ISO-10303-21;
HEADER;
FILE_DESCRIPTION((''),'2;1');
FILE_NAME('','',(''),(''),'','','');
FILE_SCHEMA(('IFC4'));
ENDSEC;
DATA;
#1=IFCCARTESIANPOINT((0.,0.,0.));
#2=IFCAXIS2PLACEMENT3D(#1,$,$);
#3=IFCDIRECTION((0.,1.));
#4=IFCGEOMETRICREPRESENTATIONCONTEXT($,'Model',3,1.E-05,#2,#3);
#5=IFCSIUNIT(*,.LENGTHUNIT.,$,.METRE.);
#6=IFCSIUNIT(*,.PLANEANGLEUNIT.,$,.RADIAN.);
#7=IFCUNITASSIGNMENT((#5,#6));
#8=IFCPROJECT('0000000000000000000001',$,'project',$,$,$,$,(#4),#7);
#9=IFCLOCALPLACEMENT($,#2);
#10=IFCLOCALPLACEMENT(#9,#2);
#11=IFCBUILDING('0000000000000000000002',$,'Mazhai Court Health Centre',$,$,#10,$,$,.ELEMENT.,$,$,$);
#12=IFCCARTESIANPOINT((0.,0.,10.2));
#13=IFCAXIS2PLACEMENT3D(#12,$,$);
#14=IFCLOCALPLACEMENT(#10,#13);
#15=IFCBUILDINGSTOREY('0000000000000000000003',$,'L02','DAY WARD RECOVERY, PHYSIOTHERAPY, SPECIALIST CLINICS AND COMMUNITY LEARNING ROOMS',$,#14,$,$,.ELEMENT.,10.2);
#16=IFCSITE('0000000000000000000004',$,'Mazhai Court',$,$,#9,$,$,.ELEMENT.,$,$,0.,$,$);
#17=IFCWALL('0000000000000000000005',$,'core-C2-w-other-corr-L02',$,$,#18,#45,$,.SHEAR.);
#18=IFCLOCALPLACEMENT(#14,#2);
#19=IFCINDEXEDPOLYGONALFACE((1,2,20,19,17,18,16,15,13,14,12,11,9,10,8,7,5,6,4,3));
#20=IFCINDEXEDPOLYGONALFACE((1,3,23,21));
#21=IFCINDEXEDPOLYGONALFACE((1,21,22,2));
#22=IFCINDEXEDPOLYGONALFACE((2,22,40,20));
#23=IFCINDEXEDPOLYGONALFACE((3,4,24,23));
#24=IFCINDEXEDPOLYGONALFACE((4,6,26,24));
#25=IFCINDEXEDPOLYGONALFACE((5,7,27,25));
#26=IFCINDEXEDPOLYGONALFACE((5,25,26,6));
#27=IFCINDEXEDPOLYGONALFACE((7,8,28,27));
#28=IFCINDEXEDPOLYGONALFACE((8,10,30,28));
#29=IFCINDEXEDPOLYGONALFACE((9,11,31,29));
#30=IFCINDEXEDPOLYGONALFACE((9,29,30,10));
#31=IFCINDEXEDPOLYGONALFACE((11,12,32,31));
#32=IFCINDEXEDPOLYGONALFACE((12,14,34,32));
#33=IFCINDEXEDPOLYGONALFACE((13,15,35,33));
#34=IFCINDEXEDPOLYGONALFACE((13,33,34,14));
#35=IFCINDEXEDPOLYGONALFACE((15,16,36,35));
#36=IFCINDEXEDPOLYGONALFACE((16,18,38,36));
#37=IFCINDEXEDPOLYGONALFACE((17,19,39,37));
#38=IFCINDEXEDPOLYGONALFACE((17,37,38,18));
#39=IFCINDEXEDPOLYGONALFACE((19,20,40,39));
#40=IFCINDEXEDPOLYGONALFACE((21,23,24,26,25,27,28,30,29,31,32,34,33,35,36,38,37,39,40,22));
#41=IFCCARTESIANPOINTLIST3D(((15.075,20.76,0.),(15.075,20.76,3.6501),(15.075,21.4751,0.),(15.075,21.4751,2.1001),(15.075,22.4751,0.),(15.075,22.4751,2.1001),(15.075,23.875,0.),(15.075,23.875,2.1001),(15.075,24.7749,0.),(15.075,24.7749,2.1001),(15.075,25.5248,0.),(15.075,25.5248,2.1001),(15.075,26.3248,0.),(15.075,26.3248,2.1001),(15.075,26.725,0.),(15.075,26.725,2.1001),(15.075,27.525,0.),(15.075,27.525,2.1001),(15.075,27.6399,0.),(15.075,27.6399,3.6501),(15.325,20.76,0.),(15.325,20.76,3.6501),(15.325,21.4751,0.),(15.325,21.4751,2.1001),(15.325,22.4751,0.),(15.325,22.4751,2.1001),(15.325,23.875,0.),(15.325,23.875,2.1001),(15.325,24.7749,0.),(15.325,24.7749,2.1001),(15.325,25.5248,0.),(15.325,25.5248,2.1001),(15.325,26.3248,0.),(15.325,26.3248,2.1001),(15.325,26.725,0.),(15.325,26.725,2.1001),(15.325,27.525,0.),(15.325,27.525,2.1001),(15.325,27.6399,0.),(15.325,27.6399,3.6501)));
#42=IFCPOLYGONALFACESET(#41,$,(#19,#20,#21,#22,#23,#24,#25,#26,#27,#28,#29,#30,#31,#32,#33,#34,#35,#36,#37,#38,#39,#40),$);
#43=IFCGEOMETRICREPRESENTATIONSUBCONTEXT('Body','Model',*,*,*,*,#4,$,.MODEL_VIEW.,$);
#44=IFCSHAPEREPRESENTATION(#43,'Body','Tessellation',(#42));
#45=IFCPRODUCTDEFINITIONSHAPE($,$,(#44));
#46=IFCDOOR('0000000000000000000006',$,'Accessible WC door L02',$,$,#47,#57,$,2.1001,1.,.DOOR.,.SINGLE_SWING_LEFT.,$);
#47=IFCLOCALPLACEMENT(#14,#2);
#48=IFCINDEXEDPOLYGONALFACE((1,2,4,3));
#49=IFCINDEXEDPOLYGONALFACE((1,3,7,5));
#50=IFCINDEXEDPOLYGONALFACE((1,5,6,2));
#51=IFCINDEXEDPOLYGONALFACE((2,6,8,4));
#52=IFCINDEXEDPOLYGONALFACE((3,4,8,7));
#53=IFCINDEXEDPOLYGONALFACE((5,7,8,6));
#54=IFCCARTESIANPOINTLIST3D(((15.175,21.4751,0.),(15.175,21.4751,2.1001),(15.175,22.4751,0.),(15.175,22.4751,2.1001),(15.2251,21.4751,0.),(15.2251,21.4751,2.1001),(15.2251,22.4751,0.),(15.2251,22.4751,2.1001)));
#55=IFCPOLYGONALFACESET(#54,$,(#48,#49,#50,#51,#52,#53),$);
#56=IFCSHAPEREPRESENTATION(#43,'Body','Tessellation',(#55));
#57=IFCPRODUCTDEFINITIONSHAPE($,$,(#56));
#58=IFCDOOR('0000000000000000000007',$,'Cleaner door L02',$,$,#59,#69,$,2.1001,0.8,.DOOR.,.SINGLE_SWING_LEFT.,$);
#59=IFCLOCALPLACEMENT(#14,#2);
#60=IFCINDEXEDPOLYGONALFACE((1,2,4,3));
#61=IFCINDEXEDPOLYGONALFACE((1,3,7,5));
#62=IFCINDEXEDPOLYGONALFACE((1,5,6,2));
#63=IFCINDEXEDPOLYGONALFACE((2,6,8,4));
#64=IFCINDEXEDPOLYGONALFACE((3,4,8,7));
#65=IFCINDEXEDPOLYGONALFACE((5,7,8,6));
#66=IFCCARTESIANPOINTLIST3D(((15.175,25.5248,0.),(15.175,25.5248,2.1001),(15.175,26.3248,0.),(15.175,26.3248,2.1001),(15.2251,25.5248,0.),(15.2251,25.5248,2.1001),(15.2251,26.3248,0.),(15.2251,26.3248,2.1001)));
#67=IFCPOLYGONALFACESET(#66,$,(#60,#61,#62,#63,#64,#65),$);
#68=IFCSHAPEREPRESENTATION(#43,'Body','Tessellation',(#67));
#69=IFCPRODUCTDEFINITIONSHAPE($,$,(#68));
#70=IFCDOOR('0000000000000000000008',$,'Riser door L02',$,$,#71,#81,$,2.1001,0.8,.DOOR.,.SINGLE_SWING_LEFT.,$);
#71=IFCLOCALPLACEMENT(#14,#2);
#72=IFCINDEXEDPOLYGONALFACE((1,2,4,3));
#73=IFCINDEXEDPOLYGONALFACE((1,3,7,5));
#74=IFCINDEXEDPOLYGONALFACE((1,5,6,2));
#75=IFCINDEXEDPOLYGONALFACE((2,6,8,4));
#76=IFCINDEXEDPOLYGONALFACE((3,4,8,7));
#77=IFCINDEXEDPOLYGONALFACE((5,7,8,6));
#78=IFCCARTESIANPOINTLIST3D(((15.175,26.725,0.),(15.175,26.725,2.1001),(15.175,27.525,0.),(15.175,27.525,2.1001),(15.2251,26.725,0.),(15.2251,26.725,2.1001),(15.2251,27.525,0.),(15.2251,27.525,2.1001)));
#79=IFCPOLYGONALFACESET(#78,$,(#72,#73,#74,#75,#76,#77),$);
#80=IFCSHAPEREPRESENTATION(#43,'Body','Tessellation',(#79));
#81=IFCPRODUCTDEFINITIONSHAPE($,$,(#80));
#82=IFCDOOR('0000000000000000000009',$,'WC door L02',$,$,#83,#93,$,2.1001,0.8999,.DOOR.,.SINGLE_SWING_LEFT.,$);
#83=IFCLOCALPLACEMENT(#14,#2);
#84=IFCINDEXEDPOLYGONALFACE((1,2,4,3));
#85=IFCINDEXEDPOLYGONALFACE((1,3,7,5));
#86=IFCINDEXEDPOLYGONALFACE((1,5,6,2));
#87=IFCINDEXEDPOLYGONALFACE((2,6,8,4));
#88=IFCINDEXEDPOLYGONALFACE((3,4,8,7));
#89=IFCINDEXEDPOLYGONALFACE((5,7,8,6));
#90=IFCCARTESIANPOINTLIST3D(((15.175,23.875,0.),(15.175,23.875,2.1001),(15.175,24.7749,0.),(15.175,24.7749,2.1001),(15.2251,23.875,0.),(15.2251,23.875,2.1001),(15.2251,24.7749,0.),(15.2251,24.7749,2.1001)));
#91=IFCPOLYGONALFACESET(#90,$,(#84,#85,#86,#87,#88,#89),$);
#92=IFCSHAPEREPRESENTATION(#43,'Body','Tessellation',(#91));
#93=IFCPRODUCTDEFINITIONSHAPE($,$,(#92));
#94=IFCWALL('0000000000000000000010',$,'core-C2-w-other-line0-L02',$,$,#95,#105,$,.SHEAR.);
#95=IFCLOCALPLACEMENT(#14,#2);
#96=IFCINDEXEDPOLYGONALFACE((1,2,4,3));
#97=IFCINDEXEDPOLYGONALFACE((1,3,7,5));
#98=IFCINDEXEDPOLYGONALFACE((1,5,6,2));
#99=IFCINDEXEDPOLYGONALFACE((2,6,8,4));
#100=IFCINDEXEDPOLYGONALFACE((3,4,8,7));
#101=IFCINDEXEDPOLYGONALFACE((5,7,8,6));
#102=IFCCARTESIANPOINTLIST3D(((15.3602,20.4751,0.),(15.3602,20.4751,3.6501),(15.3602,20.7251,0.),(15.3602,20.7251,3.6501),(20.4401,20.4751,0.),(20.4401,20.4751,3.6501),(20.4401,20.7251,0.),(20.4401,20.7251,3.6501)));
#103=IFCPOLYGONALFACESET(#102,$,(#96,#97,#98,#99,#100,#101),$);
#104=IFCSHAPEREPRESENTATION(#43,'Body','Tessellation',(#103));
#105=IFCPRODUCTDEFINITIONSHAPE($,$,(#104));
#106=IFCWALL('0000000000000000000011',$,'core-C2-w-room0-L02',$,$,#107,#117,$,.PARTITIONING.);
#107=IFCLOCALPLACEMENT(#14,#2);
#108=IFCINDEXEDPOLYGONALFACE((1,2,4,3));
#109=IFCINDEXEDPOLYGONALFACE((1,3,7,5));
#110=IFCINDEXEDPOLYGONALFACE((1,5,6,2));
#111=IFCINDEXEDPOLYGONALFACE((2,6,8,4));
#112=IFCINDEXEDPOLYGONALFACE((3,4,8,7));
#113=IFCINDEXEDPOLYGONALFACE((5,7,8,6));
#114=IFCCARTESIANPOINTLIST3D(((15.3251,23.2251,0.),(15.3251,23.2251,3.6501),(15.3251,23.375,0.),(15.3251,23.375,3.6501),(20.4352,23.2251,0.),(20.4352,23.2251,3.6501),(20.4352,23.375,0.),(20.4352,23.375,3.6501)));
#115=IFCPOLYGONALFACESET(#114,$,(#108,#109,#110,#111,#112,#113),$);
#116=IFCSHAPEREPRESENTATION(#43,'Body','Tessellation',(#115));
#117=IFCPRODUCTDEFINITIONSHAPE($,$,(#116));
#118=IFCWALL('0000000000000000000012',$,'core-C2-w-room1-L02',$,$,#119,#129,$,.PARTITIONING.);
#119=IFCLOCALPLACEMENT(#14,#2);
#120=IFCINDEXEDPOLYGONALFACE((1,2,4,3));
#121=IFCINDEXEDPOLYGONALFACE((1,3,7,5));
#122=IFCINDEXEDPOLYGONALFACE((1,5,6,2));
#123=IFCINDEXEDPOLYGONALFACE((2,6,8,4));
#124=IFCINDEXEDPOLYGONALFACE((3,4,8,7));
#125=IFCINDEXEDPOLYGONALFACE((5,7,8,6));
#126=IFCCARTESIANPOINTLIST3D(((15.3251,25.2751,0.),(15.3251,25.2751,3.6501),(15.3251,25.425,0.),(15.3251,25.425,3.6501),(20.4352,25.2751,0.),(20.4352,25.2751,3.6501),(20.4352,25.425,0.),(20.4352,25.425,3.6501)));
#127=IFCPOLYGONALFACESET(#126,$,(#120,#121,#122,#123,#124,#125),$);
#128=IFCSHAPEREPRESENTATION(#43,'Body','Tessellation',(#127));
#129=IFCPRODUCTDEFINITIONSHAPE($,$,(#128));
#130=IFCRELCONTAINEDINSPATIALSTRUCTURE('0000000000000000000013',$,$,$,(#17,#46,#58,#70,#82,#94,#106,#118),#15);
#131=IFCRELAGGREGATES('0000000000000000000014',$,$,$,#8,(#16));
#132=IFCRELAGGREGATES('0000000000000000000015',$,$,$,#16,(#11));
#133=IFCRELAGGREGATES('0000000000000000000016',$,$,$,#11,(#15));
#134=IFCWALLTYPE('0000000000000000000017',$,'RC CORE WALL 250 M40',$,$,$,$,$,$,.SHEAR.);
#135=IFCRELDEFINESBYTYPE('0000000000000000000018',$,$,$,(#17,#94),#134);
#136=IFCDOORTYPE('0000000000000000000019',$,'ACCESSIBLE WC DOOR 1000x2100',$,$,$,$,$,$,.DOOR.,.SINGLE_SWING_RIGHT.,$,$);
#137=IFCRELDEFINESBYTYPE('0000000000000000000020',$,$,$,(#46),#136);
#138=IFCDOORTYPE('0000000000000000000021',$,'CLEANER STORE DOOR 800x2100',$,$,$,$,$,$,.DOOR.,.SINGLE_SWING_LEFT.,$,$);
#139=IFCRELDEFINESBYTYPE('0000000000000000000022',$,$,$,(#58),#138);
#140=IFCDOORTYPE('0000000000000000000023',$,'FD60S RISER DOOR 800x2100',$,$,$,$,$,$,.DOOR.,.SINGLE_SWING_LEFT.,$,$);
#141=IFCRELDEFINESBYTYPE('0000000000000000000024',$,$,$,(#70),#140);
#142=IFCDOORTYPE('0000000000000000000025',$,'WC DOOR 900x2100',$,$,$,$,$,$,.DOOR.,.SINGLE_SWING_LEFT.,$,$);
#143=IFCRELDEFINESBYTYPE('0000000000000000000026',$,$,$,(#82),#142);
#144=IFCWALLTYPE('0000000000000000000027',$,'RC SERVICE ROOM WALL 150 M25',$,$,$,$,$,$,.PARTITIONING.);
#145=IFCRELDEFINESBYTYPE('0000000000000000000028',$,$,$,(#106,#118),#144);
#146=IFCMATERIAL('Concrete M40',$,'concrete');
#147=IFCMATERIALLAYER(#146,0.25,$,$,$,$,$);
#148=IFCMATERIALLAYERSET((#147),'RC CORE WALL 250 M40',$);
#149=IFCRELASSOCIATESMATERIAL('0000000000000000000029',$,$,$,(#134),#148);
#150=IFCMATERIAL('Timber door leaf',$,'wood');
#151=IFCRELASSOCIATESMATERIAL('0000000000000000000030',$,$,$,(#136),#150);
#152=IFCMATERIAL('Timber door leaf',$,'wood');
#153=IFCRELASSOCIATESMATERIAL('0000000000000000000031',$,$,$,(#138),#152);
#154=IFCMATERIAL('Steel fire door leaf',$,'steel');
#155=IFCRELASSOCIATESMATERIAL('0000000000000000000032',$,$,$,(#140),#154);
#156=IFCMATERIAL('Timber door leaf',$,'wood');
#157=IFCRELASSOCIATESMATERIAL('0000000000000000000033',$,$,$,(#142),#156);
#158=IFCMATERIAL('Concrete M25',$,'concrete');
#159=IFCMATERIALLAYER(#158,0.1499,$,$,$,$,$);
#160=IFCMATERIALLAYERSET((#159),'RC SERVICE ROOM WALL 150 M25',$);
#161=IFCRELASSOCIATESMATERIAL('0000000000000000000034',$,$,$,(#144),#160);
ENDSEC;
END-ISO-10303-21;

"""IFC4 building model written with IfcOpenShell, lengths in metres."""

from ifc_helpers import new_model, si_unit, direction, frame, frame_2d, origin, place, context, subcontext, project, spatial, rectangle, extrude, material, layer, layer_set, type_object, element, fill, save


model = new_model("IFC4")

# Units and contexts
model_context = context("Model", 3, precision=1e-05, world=origin(), true_north=direction((0.0, 1.0)))
body_context = subcontext(model_context, "Body", "Model", "MODEL_VIEW")
ifc_project = project(units=[si_unit("LENGTHUNIT", "METRE"), si_unit("PLANEANGLEUNIT", "RADIAN")], contexts=[model_context])

# Site, building, storey
site_placement = place(None, origin())
site = spatial("IfcSite", under=ifc_project, at=site_placement, Name="Mazhai Court", CompositionType="ELEMENT", RefElevation=0.0)
building_placement = place(site_placement, origin())
building = spatial("IfcBuilding", under=site, at=building_placement, Name="Mazhai Court Health Centre", CompositionType="ELEMENT")
storey_placement = place(building_placement, frame((0.0, 0.0, 10.2)))
storey = spatial("IfcBuildingStorey", under=building, at=storey_placement, Name="L02", Description="DAY WARD RECOVERY, PHYSIOTHERAPY, SPECIALIST CLINICS AND COMMUNITY LEARNING ROOMS", CompositionType="ELEMENT", Elevation=10.2)

# Shared definitions
ifc_material_1 = material(Name="Concrete M40", Category="concrete")
ifc_layer_1 = layer(ifc_material_1, 0.25)
ifc_layer_set_1 = layer_set([ifc_layer_1], Name="RC CORE WALL 250 M40")
wall_type_1 = type_object("IfcWallType", Name="RC CORE WALL 250 M40", PredefinedType="SHEAR", material=ifc_layer_set_1)

# Wall, openings, doors
wall_1_placement = place(storey_placement, frame((15.2, 20.76, 0.0), z_axis=(0.0, 0.0, 1.0), x_axis=(0.0, 1.0, 0.0)))
wall_1 = element("IfcWall", 1, at=wall_1_placement, inside=storey, type_object=wall_type_1, Name="core-C2-w-other-corr-L02", PredefinedType="SHEAR", context=body_context, shape_type="SweptSolid", body=[
    extrude(rectangle(XDim=6.8799, YDim=0.25, at=frame_2d((3.4399, 0.0))), origin(), (0.0, 0.0, 1.0), 3.6501),
])
opening_1_placement = place(wall_1_placement, frame((0.7151, 0.0, 0.0)))
opening_1 = element("IfcOpeningElement", 2, at=opening_1_placement, cuts=wall_1, PredefinedType="OPENING", context=body_context, shape_type="SweptSolid", body=[
    extrude(rectangle(XDim=1.0, YDim=2.1001, at=frame_2d((0.5, 1.05))), frame((0.0, 0.135, 0.0), z_axis=(0.0, -1.0, 0.0), x_axis=(1.0, 0.0, 0.0)), (0.0, 0.0, 1.0), 0.27),
])
opening_2_placement = place(wall_1_placement, frame((3.115, 0.0, 0.0)))
opening_2 = element("IfcOpeningElement", 3, at=opening_2_placement, cuts=wall_1, PredefinedType="OPENING", context=body_context, shape_type="SweptSolid", body=[
    extrude(rectangle(XDim=0.8999, YDim=2.1001, at=frame_2d((0.45, 1.05))), frame((0.0, 0.135, 0.0), z_axis=(0.0, -1.0, 0.0), x_axis=(1.0, 0.0, 0.0)), (0.0, 0.0, 1.0), 0.27),
])
opening_3_placement = place(wall_1_placement, frame((4.7649, 0.0, 0.0)))
opening_3 = element("IfcOpeningElement", 4, at=opening_3_placement, cuts=wall_1, PredefinedType="OPENING", context=body_context, shape_type="SweptSolid", body=[
    extrude(rectangle(XDim=0.8, YDim=2.1001, at=frame_2d((0.3999, 1.05))), frame((0.0, 0.135, 0.0), z_axis=(0.0, -1.0, 0.0), x_axis=(1.0, 0.0, 0.0)), (0.0, 0.0, 1.0), 0.27),
])
opening_4_placement = place(wall_1_placement, frame((5.9651, 0.0, 0.0)))
opening_4 = element("IfcOpeningElement", 5, at=opening_4_placement, cuts=wall_1, PredefinedType="OPENING", context=body_context, shape_type="SweptSolid", body=[
    extrude(rectangle(XDim=0.8, YDim=2.1001, at=frame_2d((0.3999, 1.05))), frame((0.0, 0.135, 0.0), z_axis=(0.0, -1.0, 0.0), x_axis=(1.0, 0.0, 0.0)), (0.0, 0.0, 1.0), 0.27),
])
ifc_material_2 = material(Name="Timber door leaf", Category="wood")
door_type_1 = type_object("IfcDoorType", Name="ACCESSIBLE WC DOOR 1000x2100", OperationType="SINGLE_SWING_RIGHT", PredefinedType="DOOR", material=ifc_material_2)
door_1_placement = place(opening_1_placement, origin())
door_1 = element("IfcDoor", 6, at=door_1_placement, inside=storey, type_object=door_type_1, Name="Accessible WC door L02", OperationType="SINGLE_SWING_LEFT", OverallHeight=2.1001, OverallWidth=1.0, PredefinedType="DOOR", context=body_context, shape_type="SweptSolid", body=[
    extrude(rectangle(XDim=1.0, YDim=2.1001, at=frame_2d((0.5, 1.05))), frame((0.0, 0.0249, 0.0), z_axis=(0.0, -1.0, 0.0), x_axis=(1.0, 0.0, 0.0)), (0.0, 0.0, 1.0), 0.05),
])
fill(opening_1, door_1)
ifc_material_3 = material(Name="Timber door leaf", Category="wood")
door_type_2 = type_object("IfcDoorType", Name="CLEANER STORE DOOR 800x2100", OperationType="SINGLE_SWING_LEFT", PredefinedType="DOOR", material=ifc_material_3)
door_2_placement = place(opening_3_placement, origin())
door_2 = element("IfcDoor", 7, at=door_2_placement, inside=storey, type_object=door_type_2, Name="Cleaner door L02", OperationType="SINGLE_SWING_LEFT", OverallHeight=2.1001, OverallWidth=0.8, PredefinedType="DOOR", context=body_context, shape_type="SweptSolid", body=[
    extrude(rectangle(XDim=0.8, YDim=2.1001, at=frame_2d((0.3999, 1.05))), frame((0.0, 0.0249, 0.0), z_axis=(0.0, -1.0, 0.0), x_axis=(1.0, 0.0, 0.0)), (0.0, 0.0, 1.0), 0.05),
])
fill(opening_3, door_2)
ifc_material_4 = material(Name="Steel fire door leaf", Category="steel")
door_type_3 = type_object("IfcDoorType", Name="FD60S RISER DOOR 800x2100", OperationType="SINGLE_SWING_LEFT", PredefinedType="DOOR", material=ifc_material_4)
door_3_placement = place(opening_4_placement, origin())
door_3 = element("IfcDoor", 8, at=door_3_placement, inside=storey, type_object=door_type_3, Name="Riser door L02", OperationType="SINGLE_SWING_LEFT", OverallHeight=2.1001, OverallWidth=0.8, PredefinedType="DOOR", context=body_context, shape_type="SweptSolid", body=[
    extrude(rectangle(XDim=0.8, YDim=2.1001, at=frame_2d((0.3999, 1.05))), frame((0.0, 0.0249, 0.0), z_axis=(0.0, -1.0, 0.0), x_axis=(1.0, 0.0, 0.0)), (0.0, 0.0, 1.0), 0.05),
])
fill(opening_4, door_3)
ifc_material_5 = material(Name="Timber door leaf", Category="wood")
door_type_4 = type_object("IfcDoorType", Name="WC DOOR 900x2100", OperationType="SINGLE_SWING_LEFT", PredefinedType="DOOR", material=ifc_material_5)
door_4_placement = place(opening_2_placement, origin())
door_4 = element("IfcDoor", 9, at=door_4_placement, inside=storey, type_object=door_type_4, Name="WC door L02", OperationType="SINGLE_SWING_LEFT", OverallHeight=2.1001, OverallWidth=0.8999, PredefinedType="DOOR", context=body_context, shape_type="SweptSolid", body=[
    extrude(rectangle(XDim=0.8999, YDim=2.1001, at=frame_2d((0.45, 1.05))), frame((0.0, 0.0249, 0.0), z_axis=(0.0, -1.0, 0.0), x_axis=(1.0, 0.0, 0.0)), (0.0, 0.0, 1.0), 0.05),
])
fill(opening_2, door_4)

# Walls
wall_2_placement = place(storey_placement, frame((15.3601, 20.6001, 0.0), z_axis=(0.0, 0.0, 1.0), x_axis=(1.0, 0.0, 0.0)))
element("IfcWall", 10, at=wall_2_placement, inside=storey, type_object=wall_type_1, Name="core-C2-w-other-line0-L02", PredefinedType="SHEAR", context=body_context, shape_type="SweptSolid", body=[
    extrude(rectangle(XDim=5.0798, YDim=0.25, at=frame_2d((2.54, 0.0))), origin(), (0.0, 0.0, 1.0), 3.6501),
])
ifc_material_6 = material(Name="Concrete M25", Category="concrete")
ifc_layer_2 = layer(ifc_material_6, 0.1499)
ifc_layer_set_2 = layer_set([ifc_layer_2], Name="RC SERVICE ROOM WALL 150 M25")
wall_type_2 = type_object("IfcWallType", Name="RC SERVICE ROOM WALL 150 M25", PredefinedType="PARTITIONING", material=ifc_layer_set_2)
for number, where, z_axis, x_axis, name in (
    (11, (15.325, 23.3, 0.0), (0.0, 0.0, 1.0), (1.0, 0.0, 0.0), "core-C2-w-room0-L02"),
    (12, (15.325, 25.3501, 0.0), (0.0, 0.0, 1.0), (1.0, 0.0, 0.0), "core-C2-w-room1-L02"),
):
    element("IfcWall", number, at=place(storey_placement, frame(where, z_axis=z_axis, x_axis=x_axis)), inside=storey, type_object=wall_type_2, Name=name, PredefinedType="PARTITIONING", context=body_context, shape_type="SweptSolid", body=[
        extrude(rectangle(XDim=5.1101, YDim=0.1499, at=frame_2d((2.5552, 0.0))), origin(), (0.0, 0.0, 1.0), 3.6501),
    ])

save(model, "model.ifc")
